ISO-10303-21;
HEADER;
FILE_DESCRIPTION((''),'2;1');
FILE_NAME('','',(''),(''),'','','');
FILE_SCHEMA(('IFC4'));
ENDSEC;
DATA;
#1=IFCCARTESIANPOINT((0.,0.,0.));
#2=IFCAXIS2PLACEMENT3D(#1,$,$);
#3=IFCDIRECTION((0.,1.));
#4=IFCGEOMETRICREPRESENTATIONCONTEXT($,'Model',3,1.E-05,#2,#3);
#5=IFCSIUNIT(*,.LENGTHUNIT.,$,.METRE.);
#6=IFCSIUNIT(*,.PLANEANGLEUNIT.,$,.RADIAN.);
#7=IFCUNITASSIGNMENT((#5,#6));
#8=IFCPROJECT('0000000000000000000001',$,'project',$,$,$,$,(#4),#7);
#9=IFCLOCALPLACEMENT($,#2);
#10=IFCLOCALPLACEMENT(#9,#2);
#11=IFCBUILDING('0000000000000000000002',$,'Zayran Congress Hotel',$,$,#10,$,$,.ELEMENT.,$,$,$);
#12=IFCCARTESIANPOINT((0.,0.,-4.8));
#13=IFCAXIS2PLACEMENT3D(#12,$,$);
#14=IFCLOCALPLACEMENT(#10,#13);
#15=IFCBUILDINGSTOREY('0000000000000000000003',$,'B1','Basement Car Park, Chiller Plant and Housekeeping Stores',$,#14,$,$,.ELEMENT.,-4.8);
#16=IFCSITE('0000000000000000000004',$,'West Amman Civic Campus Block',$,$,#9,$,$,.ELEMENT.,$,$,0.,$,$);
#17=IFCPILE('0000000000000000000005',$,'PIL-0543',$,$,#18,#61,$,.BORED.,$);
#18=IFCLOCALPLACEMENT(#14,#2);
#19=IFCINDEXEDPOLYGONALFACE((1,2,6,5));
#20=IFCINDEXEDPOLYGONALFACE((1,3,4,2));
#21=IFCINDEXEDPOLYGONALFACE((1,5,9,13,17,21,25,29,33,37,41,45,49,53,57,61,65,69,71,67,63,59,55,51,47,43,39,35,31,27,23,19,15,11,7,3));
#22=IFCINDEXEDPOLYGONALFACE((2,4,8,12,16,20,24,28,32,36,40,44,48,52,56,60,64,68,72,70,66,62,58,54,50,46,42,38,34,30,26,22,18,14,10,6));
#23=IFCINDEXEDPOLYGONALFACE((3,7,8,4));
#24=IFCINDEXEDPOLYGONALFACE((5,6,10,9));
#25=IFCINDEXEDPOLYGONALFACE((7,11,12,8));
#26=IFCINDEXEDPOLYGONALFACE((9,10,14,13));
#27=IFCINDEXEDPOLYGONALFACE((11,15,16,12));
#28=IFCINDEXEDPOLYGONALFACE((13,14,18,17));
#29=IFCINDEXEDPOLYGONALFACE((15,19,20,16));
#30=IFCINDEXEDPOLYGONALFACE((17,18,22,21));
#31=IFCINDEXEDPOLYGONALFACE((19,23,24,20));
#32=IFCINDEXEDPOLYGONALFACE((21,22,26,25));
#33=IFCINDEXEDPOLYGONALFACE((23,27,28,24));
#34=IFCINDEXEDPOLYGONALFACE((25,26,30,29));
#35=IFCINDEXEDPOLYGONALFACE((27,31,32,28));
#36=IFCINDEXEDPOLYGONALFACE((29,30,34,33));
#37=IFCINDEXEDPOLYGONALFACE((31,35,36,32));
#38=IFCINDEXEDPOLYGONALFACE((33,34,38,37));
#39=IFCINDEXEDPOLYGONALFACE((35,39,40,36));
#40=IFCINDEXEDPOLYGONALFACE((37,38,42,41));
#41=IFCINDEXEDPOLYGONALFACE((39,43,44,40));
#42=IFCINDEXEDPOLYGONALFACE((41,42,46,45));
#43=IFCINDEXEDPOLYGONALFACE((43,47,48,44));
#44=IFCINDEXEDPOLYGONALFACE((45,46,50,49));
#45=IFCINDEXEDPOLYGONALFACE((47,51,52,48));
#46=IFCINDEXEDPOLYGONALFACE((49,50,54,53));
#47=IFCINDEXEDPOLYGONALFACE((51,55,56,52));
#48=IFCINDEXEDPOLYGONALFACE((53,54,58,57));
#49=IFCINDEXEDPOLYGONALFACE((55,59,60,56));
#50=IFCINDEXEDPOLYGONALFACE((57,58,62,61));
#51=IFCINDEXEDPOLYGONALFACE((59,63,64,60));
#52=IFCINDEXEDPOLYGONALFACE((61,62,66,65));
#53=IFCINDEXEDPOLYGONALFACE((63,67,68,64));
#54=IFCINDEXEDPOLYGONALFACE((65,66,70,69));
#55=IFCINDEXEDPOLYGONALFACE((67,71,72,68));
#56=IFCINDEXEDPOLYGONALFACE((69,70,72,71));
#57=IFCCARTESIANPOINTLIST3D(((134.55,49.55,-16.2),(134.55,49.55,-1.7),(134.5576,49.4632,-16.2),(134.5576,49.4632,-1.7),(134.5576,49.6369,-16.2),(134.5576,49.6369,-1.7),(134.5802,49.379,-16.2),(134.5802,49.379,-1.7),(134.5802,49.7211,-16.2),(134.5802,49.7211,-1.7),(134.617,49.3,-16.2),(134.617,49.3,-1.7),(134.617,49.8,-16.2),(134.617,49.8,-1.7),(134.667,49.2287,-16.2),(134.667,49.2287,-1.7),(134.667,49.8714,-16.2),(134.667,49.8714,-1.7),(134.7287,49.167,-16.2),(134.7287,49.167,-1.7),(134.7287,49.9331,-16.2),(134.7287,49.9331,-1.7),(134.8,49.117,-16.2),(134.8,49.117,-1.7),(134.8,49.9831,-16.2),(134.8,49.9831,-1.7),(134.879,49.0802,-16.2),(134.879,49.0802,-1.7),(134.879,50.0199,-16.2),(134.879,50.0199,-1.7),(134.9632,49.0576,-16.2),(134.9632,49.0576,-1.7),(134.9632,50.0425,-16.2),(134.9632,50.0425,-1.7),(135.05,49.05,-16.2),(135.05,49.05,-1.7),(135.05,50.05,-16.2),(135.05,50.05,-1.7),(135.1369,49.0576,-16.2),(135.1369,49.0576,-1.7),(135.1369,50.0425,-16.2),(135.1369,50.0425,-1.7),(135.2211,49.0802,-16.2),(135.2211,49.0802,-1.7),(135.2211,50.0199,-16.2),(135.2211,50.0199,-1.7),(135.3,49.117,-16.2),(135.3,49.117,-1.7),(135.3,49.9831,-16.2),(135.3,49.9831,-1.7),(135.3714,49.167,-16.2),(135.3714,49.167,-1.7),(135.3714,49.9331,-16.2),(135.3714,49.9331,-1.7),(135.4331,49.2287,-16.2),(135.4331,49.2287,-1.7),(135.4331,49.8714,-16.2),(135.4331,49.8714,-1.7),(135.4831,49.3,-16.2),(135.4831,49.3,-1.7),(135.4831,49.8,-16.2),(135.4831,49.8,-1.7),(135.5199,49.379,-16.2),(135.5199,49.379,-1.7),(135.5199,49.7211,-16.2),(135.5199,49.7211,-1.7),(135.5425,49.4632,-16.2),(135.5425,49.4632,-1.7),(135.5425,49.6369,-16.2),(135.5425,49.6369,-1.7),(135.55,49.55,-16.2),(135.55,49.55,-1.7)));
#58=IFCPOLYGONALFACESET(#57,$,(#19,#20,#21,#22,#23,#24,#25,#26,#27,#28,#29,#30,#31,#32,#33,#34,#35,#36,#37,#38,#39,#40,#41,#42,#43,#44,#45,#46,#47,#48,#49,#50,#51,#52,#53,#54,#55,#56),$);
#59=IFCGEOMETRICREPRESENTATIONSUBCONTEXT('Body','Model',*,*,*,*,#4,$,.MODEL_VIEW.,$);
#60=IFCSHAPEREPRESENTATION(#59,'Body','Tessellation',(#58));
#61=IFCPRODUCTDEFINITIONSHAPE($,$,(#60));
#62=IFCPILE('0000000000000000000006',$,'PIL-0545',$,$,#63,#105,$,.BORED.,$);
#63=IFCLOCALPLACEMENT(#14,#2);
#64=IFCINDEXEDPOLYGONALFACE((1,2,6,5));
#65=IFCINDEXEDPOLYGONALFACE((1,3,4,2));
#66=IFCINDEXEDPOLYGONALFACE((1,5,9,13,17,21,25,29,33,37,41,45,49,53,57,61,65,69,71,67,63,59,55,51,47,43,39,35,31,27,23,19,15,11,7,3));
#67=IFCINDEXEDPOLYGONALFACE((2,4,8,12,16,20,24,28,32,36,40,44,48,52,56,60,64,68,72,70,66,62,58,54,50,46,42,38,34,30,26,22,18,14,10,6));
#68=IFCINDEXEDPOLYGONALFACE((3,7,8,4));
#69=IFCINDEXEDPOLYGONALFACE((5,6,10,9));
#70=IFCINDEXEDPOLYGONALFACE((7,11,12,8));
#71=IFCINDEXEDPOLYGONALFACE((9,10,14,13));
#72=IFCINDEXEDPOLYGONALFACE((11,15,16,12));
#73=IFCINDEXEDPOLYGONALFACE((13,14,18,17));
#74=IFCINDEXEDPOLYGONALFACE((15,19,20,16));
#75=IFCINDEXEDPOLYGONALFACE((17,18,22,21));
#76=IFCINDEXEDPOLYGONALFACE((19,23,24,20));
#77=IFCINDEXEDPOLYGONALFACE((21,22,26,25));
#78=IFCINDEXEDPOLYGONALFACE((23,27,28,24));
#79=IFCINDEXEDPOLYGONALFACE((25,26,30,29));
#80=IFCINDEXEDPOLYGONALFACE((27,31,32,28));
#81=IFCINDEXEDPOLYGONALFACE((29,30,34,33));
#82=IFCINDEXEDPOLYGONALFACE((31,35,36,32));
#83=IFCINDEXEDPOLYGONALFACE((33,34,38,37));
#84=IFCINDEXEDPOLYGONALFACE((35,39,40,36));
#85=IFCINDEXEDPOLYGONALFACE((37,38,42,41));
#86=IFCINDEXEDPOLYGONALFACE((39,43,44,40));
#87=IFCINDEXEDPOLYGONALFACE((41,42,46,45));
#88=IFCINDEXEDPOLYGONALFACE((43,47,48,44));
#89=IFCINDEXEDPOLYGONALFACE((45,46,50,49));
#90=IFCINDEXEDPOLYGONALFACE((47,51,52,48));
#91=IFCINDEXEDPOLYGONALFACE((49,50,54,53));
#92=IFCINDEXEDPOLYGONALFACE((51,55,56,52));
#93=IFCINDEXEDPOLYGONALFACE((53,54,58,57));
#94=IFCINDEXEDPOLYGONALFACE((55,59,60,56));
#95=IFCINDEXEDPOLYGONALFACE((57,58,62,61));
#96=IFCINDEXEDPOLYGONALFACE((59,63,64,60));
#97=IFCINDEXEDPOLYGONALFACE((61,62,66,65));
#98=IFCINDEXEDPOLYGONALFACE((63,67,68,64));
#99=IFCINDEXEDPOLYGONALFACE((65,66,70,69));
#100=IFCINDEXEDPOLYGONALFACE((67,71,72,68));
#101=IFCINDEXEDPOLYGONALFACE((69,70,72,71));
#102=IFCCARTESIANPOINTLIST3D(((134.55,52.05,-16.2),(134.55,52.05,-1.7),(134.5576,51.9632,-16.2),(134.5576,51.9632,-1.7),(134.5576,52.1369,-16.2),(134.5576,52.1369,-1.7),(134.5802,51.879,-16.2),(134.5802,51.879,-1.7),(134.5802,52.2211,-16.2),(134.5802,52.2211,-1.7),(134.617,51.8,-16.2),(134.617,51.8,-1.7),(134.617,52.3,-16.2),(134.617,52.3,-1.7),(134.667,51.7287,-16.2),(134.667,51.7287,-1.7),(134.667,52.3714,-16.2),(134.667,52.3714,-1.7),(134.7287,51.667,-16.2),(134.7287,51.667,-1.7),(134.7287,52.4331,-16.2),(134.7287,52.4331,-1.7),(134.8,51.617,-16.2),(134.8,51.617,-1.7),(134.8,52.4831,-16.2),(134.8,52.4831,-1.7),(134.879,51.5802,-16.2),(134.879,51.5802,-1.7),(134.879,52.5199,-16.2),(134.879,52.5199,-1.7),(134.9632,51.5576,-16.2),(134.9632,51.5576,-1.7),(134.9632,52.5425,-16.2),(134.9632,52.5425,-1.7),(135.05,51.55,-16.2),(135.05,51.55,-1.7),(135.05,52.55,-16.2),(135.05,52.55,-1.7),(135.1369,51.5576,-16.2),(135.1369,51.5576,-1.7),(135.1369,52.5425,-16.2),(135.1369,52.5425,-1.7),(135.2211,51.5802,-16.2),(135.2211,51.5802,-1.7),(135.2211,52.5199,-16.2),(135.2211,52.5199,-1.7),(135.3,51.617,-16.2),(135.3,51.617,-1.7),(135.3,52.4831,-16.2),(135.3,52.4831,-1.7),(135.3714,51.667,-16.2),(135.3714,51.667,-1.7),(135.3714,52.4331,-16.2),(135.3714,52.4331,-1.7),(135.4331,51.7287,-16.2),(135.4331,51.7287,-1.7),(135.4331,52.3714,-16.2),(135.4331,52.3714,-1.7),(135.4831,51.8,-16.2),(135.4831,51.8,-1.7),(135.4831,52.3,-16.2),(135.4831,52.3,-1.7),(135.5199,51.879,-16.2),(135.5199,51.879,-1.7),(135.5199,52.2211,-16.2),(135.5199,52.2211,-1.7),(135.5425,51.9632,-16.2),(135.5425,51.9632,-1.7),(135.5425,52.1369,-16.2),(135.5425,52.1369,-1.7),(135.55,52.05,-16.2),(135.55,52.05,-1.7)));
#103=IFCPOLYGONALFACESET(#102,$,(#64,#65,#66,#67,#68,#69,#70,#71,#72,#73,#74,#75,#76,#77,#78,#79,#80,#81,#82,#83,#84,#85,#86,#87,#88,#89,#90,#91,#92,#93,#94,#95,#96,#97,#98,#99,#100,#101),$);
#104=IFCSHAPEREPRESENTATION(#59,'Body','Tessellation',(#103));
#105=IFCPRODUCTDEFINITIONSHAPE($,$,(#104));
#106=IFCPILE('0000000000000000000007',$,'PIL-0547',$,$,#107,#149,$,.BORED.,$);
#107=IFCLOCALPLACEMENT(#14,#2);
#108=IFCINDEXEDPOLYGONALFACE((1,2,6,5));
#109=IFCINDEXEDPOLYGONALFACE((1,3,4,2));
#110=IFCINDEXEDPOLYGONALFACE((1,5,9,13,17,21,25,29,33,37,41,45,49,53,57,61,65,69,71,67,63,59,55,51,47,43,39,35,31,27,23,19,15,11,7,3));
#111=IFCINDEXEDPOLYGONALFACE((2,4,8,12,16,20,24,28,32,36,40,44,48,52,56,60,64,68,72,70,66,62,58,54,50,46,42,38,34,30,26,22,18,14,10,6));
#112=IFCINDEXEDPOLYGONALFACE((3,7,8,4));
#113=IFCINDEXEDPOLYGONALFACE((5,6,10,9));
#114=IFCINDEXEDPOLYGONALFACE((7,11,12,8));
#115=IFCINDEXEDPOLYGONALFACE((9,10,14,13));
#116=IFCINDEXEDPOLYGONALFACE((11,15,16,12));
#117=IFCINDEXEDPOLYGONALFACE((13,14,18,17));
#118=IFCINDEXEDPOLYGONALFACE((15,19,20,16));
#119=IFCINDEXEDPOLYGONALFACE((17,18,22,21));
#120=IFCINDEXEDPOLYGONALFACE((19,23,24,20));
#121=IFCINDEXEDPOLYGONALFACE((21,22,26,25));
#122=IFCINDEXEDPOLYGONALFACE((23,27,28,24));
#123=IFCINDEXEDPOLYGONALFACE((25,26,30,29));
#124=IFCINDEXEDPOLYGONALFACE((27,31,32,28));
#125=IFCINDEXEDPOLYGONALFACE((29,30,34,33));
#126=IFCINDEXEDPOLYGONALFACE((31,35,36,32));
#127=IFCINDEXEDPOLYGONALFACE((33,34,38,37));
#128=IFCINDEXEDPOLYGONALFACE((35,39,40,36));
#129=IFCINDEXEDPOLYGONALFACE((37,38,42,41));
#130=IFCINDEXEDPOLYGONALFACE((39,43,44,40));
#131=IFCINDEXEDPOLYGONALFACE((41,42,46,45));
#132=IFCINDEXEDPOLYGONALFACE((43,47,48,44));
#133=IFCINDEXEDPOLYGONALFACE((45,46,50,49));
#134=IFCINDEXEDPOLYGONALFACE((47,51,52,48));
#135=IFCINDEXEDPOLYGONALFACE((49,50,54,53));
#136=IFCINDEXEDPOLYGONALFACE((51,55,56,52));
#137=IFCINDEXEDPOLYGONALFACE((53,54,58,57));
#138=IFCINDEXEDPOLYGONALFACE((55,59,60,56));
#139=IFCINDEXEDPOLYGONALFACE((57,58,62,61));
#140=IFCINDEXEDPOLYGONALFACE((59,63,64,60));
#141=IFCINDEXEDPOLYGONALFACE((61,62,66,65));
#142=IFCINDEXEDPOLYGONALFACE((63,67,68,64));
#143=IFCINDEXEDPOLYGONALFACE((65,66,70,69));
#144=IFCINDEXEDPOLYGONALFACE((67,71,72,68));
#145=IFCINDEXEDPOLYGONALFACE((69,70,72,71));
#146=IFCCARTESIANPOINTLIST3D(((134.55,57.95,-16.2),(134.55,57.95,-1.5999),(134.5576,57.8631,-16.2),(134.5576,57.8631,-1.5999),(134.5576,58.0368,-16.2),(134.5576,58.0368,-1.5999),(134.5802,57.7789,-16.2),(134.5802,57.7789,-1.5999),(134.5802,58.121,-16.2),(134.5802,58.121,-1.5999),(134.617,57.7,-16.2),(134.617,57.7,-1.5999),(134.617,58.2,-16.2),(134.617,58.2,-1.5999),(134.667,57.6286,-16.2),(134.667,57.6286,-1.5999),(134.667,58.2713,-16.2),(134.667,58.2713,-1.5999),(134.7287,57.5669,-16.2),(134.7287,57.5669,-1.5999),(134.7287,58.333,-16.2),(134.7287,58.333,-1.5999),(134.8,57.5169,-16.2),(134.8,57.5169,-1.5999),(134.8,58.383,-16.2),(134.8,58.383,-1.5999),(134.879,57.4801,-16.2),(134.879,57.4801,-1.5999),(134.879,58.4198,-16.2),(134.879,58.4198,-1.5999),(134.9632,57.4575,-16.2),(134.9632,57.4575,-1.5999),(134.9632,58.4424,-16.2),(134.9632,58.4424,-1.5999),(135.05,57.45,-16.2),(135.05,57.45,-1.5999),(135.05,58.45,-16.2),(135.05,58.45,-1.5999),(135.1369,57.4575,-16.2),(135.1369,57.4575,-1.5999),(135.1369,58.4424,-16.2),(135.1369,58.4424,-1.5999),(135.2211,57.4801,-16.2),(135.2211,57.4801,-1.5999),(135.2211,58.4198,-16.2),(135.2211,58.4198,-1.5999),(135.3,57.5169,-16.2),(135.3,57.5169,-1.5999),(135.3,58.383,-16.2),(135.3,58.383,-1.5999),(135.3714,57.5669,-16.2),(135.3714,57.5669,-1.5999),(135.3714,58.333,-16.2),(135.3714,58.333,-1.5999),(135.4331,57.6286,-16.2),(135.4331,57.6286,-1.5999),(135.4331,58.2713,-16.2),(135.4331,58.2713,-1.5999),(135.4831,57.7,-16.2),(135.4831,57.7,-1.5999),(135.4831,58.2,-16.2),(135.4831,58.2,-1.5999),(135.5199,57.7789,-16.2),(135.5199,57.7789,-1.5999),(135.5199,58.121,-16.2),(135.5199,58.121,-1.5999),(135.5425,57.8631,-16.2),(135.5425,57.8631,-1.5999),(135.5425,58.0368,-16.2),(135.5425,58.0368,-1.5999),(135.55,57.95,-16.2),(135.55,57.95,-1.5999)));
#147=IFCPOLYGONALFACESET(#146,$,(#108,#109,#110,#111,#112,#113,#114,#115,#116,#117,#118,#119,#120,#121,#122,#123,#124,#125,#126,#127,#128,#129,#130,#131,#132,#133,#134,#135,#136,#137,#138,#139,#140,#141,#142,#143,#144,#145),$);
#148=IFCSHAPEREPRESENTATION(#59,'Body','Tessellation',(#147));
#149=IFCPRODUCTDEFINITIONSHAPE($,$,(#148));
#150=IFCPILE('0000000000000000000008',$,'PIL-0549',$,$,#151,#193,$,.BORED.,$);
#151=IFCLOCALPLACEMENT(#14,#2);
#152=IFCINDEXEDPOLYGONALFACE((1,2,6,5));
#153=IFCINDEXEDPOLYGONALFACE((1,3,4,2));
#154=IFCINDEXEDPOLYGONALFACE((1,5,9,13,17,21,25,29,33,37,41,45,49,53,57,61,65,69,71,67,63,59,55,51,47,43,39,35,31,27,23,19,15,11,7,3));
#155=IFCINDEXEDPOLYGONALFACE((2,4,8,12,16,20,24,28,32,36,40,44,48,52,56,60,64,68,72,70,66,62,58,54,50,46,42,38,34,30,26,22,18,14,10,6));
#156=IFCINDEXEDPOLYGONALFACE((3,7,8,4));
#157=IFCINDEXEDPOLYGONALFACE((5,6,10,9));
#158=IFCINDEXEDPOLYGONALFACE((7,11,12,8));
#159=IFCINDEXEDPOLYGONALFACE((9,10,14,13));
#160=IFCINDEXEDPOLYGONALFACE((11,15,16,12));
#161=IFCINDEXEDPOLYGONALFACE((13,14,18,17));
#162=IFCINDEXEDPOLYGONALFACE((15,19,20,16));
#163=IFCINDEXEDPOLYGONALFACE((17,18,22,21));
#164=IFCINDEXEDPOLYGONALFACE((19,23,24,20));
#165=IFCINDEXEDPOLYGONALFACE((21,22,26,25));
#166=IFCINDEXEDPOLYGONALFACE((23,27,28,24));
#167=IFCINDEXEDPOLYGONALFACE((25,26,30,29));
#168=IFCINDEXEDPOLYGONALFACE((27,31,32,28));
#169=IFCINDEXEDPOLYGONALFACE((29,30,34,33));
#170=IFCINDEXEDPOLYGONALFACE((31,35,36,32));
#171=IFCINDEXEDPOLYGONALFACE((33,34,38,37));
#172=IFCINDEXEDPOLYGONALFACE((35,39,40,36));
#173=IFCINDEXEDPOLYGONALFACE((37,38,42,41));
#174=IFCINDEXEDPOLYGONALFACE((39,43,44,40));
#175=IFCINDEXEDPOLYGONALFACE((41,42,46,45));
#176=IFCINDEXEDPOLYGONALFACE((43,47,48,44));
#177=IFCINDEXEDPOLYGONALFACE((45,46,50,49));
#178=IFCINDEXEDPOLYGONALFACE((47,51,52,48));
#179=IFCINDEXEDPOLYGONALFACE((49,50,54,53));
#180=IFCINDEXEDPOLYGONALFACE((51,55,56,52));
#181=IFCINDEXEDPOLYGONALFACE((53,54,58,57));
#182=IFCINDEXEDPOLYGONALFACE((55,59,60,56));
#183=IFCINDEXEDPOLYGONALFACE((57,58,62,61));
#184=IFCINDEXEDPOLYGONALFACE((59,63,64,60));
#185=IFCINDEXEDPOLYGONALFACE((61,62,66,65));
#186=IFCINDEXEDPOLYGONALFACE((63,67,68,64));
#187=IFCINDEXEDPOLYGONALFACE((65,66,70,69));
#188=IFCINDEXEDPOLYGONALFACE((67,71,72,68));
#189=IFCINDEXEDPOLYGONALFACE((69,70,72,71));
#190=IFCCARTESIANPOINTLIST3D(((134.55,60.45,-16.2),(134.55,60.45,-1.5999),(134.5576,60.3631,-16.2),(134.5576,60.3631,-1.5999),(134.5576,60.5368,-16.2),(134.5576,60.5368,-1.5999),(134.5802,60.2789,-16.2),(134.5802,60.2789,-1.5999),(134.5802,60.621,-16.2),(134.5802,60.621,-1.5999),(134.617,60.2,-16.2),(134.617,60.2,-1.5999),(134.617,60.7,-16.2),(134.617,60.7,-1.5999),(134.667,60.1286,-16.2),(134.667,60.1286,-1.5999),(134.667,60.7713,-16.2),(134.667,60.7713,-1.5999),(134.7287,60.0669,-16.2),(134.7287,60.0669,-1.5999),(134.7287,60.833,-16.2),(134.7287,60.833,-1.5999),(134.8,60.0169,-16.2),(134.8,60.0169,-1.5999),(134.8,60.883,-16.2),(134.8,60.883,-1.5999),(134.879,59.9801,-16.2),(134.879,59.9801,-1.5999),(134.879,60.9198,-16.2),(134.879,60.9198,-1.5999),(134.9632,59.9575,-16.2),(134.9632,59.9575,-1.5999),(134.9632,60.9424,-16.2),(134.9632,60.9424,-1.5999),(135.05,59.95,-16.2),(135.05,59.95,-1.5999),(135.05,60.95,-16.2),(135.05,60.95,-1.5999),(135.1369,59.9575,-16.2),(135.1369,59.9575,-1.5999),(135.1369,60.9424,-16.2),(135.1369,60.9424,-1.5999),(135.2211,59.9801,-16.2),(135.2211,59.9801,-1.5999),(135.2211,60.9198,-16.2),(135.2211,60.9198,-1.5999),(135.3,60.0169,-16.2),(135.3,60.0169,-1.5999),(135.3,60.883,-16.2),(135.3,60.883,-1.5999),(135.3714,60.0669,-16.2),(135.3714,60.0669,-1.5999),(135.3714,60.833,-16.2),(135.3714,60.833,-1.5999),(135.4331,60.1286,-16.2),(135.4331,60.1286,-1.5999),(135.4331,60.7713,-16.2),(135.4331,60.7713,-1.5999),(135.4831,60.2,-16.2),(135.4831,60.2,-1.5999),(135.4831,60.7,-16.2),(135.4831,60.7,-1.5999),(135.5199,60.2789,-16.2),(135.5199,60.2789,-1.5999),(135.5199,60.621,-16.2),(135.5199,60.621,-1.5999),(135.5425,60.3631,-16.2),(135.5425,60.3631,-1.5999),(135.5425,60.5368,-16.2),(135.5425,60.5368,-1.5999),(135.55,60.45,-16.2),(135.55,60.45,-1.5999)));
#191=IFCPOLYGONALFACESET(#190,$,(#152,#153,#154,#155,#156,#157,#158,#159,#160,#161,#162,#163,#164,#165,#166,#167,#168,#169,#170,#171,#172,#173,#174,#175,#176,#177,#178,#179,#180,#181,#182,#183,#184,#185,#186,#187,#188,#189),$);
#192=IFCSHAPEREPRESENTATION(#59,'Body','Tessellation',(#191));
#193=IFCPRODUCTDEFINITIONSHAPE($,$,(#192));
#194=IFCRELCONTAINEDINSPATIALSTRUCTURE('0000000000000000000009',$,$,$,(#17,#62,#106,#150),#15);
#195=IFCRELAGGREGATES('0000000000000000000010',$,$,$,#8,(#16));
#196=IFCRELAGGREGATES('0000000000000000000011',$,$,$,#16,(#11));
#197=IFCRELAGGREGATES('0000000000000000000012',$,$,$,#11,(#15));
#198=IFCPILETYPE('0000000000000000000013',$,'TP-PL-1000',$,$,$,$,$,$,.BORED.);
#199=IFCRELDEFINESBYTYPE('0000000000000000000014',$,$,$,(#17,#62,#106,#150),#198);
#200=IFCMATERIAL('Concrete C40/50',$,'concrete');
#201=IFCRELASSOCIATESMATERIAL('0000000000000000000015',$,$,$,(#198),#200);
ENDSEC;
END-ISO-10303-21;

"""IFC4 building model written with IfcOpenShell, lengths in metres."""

from ifc_helpers import new_model, si_unit, direction, frame, origin, origin_2d, place, context, subcontext, project, spatial, circle, extrude, material, material_profile, profile_set, type_object, element, save


model = new_model("IFC4")

# Units and contexts
model_context = context("Model", 3, precision=1e-05, world=origin(), true_north=direction((0.0, 1.0)))
body_context = subcontext(model_context, "Body", "Model", "MODEL_VIEW")
ifc_project = project(units=[si_unit("LENGTHUNIT", "METRE"), si_unit("PLANEANGLEUNIT", "RADIAN")], contexts=[model_context])

# Site, building, storey
site_placement = place(None, origin())
site = spatial("IfcSite", under=ifc_project, at=site_placement, Name="West Amman Civic Campus Block", CompositionType="ELEMENT", RefElevation=0.0)
building_placement = place(site_placement, origin())
building = spatial("IfcBuilding", under=site, at=building_placement, Name="Zayran Congress Hotel", CompositionType="ELEMENT")
storey_placement = place(building_placement, frame((0.0, 0.0, -4.8)))
storey = spatial("IfcBuildingStorey", under=building, at=storey_placement, Name="B1", Description="Basement Car Park, Chiller Plant and Housekeeping Stores", CompositionType="ELEMENT", Elevation=-4.8)

# Piles
ifc_material = material(Name="Concrete C40/50", Category="concrete")
ifc_material_profile_1 = material_profile(ifc_material, circle(Radius=0.5, at=origin_2d()), Name="PILE D1000")
ifc_profile_set_1 = profile_set([ifc_material_profile_1], Name="Concrete C40/50")
pile_type = type_object("IfcPileType", Name="TP-PL-1000", PredefinedType="BORED", material=ifc_profile_set_1)
for number, where, z_axis, x_axis, name in (
    (1, (135.05, 49.55, -1.7), (0.0, 0.0, -1.0), (1.0, 0.0, 0.0), "PIL-0543"),
    (2, (135.05, 52.05, -1.7), (0.0, 0.0, -1.0), (1.0, 0.0, 0.0), "PIL-0545"),
):
    element("IfcPile", number, at=place(storey_placement, frame(where, z_axis=z_axis, x_axis=x_axis)), inside=storey, type_object=pile_type, Name=name, PredefinedType="BORED", context=body_context, shape_type="SweptSolid", body=[
        extrude(circle(Radius=0.5, at=origin_2d()), origin(), (0.0, 0.0, 1.0), 14.5),
    ])
for number, where, z_axis, x_axis, name in (
    (3, (135.05, 57.95, -1.5999), (0.0, 0.0, -1.0), (1.0, 0.0, 0.0), "PIL-0547"),
    (4, (135.05, 60.45, -1.5999), (0.0, 0.0, -1.0), (1.0, 0.0, 0.0), "PIL-0549"),
):
    element("IfcPile", number, at=place(storey_placement, frame(where, z_axis=z_axis, x_axis=x_axis)), inside=storey, type_object=pile_type, Name=name, PredefinedType="BORED", context=body_context, shape_type="SweptSolid", body=[
        extrude(circle(Radius=0.5, at=origin_2d()), origin(), (0.0, 0.0, 1.0), 14.6001),
    ])

save(model, "model.ifc")
